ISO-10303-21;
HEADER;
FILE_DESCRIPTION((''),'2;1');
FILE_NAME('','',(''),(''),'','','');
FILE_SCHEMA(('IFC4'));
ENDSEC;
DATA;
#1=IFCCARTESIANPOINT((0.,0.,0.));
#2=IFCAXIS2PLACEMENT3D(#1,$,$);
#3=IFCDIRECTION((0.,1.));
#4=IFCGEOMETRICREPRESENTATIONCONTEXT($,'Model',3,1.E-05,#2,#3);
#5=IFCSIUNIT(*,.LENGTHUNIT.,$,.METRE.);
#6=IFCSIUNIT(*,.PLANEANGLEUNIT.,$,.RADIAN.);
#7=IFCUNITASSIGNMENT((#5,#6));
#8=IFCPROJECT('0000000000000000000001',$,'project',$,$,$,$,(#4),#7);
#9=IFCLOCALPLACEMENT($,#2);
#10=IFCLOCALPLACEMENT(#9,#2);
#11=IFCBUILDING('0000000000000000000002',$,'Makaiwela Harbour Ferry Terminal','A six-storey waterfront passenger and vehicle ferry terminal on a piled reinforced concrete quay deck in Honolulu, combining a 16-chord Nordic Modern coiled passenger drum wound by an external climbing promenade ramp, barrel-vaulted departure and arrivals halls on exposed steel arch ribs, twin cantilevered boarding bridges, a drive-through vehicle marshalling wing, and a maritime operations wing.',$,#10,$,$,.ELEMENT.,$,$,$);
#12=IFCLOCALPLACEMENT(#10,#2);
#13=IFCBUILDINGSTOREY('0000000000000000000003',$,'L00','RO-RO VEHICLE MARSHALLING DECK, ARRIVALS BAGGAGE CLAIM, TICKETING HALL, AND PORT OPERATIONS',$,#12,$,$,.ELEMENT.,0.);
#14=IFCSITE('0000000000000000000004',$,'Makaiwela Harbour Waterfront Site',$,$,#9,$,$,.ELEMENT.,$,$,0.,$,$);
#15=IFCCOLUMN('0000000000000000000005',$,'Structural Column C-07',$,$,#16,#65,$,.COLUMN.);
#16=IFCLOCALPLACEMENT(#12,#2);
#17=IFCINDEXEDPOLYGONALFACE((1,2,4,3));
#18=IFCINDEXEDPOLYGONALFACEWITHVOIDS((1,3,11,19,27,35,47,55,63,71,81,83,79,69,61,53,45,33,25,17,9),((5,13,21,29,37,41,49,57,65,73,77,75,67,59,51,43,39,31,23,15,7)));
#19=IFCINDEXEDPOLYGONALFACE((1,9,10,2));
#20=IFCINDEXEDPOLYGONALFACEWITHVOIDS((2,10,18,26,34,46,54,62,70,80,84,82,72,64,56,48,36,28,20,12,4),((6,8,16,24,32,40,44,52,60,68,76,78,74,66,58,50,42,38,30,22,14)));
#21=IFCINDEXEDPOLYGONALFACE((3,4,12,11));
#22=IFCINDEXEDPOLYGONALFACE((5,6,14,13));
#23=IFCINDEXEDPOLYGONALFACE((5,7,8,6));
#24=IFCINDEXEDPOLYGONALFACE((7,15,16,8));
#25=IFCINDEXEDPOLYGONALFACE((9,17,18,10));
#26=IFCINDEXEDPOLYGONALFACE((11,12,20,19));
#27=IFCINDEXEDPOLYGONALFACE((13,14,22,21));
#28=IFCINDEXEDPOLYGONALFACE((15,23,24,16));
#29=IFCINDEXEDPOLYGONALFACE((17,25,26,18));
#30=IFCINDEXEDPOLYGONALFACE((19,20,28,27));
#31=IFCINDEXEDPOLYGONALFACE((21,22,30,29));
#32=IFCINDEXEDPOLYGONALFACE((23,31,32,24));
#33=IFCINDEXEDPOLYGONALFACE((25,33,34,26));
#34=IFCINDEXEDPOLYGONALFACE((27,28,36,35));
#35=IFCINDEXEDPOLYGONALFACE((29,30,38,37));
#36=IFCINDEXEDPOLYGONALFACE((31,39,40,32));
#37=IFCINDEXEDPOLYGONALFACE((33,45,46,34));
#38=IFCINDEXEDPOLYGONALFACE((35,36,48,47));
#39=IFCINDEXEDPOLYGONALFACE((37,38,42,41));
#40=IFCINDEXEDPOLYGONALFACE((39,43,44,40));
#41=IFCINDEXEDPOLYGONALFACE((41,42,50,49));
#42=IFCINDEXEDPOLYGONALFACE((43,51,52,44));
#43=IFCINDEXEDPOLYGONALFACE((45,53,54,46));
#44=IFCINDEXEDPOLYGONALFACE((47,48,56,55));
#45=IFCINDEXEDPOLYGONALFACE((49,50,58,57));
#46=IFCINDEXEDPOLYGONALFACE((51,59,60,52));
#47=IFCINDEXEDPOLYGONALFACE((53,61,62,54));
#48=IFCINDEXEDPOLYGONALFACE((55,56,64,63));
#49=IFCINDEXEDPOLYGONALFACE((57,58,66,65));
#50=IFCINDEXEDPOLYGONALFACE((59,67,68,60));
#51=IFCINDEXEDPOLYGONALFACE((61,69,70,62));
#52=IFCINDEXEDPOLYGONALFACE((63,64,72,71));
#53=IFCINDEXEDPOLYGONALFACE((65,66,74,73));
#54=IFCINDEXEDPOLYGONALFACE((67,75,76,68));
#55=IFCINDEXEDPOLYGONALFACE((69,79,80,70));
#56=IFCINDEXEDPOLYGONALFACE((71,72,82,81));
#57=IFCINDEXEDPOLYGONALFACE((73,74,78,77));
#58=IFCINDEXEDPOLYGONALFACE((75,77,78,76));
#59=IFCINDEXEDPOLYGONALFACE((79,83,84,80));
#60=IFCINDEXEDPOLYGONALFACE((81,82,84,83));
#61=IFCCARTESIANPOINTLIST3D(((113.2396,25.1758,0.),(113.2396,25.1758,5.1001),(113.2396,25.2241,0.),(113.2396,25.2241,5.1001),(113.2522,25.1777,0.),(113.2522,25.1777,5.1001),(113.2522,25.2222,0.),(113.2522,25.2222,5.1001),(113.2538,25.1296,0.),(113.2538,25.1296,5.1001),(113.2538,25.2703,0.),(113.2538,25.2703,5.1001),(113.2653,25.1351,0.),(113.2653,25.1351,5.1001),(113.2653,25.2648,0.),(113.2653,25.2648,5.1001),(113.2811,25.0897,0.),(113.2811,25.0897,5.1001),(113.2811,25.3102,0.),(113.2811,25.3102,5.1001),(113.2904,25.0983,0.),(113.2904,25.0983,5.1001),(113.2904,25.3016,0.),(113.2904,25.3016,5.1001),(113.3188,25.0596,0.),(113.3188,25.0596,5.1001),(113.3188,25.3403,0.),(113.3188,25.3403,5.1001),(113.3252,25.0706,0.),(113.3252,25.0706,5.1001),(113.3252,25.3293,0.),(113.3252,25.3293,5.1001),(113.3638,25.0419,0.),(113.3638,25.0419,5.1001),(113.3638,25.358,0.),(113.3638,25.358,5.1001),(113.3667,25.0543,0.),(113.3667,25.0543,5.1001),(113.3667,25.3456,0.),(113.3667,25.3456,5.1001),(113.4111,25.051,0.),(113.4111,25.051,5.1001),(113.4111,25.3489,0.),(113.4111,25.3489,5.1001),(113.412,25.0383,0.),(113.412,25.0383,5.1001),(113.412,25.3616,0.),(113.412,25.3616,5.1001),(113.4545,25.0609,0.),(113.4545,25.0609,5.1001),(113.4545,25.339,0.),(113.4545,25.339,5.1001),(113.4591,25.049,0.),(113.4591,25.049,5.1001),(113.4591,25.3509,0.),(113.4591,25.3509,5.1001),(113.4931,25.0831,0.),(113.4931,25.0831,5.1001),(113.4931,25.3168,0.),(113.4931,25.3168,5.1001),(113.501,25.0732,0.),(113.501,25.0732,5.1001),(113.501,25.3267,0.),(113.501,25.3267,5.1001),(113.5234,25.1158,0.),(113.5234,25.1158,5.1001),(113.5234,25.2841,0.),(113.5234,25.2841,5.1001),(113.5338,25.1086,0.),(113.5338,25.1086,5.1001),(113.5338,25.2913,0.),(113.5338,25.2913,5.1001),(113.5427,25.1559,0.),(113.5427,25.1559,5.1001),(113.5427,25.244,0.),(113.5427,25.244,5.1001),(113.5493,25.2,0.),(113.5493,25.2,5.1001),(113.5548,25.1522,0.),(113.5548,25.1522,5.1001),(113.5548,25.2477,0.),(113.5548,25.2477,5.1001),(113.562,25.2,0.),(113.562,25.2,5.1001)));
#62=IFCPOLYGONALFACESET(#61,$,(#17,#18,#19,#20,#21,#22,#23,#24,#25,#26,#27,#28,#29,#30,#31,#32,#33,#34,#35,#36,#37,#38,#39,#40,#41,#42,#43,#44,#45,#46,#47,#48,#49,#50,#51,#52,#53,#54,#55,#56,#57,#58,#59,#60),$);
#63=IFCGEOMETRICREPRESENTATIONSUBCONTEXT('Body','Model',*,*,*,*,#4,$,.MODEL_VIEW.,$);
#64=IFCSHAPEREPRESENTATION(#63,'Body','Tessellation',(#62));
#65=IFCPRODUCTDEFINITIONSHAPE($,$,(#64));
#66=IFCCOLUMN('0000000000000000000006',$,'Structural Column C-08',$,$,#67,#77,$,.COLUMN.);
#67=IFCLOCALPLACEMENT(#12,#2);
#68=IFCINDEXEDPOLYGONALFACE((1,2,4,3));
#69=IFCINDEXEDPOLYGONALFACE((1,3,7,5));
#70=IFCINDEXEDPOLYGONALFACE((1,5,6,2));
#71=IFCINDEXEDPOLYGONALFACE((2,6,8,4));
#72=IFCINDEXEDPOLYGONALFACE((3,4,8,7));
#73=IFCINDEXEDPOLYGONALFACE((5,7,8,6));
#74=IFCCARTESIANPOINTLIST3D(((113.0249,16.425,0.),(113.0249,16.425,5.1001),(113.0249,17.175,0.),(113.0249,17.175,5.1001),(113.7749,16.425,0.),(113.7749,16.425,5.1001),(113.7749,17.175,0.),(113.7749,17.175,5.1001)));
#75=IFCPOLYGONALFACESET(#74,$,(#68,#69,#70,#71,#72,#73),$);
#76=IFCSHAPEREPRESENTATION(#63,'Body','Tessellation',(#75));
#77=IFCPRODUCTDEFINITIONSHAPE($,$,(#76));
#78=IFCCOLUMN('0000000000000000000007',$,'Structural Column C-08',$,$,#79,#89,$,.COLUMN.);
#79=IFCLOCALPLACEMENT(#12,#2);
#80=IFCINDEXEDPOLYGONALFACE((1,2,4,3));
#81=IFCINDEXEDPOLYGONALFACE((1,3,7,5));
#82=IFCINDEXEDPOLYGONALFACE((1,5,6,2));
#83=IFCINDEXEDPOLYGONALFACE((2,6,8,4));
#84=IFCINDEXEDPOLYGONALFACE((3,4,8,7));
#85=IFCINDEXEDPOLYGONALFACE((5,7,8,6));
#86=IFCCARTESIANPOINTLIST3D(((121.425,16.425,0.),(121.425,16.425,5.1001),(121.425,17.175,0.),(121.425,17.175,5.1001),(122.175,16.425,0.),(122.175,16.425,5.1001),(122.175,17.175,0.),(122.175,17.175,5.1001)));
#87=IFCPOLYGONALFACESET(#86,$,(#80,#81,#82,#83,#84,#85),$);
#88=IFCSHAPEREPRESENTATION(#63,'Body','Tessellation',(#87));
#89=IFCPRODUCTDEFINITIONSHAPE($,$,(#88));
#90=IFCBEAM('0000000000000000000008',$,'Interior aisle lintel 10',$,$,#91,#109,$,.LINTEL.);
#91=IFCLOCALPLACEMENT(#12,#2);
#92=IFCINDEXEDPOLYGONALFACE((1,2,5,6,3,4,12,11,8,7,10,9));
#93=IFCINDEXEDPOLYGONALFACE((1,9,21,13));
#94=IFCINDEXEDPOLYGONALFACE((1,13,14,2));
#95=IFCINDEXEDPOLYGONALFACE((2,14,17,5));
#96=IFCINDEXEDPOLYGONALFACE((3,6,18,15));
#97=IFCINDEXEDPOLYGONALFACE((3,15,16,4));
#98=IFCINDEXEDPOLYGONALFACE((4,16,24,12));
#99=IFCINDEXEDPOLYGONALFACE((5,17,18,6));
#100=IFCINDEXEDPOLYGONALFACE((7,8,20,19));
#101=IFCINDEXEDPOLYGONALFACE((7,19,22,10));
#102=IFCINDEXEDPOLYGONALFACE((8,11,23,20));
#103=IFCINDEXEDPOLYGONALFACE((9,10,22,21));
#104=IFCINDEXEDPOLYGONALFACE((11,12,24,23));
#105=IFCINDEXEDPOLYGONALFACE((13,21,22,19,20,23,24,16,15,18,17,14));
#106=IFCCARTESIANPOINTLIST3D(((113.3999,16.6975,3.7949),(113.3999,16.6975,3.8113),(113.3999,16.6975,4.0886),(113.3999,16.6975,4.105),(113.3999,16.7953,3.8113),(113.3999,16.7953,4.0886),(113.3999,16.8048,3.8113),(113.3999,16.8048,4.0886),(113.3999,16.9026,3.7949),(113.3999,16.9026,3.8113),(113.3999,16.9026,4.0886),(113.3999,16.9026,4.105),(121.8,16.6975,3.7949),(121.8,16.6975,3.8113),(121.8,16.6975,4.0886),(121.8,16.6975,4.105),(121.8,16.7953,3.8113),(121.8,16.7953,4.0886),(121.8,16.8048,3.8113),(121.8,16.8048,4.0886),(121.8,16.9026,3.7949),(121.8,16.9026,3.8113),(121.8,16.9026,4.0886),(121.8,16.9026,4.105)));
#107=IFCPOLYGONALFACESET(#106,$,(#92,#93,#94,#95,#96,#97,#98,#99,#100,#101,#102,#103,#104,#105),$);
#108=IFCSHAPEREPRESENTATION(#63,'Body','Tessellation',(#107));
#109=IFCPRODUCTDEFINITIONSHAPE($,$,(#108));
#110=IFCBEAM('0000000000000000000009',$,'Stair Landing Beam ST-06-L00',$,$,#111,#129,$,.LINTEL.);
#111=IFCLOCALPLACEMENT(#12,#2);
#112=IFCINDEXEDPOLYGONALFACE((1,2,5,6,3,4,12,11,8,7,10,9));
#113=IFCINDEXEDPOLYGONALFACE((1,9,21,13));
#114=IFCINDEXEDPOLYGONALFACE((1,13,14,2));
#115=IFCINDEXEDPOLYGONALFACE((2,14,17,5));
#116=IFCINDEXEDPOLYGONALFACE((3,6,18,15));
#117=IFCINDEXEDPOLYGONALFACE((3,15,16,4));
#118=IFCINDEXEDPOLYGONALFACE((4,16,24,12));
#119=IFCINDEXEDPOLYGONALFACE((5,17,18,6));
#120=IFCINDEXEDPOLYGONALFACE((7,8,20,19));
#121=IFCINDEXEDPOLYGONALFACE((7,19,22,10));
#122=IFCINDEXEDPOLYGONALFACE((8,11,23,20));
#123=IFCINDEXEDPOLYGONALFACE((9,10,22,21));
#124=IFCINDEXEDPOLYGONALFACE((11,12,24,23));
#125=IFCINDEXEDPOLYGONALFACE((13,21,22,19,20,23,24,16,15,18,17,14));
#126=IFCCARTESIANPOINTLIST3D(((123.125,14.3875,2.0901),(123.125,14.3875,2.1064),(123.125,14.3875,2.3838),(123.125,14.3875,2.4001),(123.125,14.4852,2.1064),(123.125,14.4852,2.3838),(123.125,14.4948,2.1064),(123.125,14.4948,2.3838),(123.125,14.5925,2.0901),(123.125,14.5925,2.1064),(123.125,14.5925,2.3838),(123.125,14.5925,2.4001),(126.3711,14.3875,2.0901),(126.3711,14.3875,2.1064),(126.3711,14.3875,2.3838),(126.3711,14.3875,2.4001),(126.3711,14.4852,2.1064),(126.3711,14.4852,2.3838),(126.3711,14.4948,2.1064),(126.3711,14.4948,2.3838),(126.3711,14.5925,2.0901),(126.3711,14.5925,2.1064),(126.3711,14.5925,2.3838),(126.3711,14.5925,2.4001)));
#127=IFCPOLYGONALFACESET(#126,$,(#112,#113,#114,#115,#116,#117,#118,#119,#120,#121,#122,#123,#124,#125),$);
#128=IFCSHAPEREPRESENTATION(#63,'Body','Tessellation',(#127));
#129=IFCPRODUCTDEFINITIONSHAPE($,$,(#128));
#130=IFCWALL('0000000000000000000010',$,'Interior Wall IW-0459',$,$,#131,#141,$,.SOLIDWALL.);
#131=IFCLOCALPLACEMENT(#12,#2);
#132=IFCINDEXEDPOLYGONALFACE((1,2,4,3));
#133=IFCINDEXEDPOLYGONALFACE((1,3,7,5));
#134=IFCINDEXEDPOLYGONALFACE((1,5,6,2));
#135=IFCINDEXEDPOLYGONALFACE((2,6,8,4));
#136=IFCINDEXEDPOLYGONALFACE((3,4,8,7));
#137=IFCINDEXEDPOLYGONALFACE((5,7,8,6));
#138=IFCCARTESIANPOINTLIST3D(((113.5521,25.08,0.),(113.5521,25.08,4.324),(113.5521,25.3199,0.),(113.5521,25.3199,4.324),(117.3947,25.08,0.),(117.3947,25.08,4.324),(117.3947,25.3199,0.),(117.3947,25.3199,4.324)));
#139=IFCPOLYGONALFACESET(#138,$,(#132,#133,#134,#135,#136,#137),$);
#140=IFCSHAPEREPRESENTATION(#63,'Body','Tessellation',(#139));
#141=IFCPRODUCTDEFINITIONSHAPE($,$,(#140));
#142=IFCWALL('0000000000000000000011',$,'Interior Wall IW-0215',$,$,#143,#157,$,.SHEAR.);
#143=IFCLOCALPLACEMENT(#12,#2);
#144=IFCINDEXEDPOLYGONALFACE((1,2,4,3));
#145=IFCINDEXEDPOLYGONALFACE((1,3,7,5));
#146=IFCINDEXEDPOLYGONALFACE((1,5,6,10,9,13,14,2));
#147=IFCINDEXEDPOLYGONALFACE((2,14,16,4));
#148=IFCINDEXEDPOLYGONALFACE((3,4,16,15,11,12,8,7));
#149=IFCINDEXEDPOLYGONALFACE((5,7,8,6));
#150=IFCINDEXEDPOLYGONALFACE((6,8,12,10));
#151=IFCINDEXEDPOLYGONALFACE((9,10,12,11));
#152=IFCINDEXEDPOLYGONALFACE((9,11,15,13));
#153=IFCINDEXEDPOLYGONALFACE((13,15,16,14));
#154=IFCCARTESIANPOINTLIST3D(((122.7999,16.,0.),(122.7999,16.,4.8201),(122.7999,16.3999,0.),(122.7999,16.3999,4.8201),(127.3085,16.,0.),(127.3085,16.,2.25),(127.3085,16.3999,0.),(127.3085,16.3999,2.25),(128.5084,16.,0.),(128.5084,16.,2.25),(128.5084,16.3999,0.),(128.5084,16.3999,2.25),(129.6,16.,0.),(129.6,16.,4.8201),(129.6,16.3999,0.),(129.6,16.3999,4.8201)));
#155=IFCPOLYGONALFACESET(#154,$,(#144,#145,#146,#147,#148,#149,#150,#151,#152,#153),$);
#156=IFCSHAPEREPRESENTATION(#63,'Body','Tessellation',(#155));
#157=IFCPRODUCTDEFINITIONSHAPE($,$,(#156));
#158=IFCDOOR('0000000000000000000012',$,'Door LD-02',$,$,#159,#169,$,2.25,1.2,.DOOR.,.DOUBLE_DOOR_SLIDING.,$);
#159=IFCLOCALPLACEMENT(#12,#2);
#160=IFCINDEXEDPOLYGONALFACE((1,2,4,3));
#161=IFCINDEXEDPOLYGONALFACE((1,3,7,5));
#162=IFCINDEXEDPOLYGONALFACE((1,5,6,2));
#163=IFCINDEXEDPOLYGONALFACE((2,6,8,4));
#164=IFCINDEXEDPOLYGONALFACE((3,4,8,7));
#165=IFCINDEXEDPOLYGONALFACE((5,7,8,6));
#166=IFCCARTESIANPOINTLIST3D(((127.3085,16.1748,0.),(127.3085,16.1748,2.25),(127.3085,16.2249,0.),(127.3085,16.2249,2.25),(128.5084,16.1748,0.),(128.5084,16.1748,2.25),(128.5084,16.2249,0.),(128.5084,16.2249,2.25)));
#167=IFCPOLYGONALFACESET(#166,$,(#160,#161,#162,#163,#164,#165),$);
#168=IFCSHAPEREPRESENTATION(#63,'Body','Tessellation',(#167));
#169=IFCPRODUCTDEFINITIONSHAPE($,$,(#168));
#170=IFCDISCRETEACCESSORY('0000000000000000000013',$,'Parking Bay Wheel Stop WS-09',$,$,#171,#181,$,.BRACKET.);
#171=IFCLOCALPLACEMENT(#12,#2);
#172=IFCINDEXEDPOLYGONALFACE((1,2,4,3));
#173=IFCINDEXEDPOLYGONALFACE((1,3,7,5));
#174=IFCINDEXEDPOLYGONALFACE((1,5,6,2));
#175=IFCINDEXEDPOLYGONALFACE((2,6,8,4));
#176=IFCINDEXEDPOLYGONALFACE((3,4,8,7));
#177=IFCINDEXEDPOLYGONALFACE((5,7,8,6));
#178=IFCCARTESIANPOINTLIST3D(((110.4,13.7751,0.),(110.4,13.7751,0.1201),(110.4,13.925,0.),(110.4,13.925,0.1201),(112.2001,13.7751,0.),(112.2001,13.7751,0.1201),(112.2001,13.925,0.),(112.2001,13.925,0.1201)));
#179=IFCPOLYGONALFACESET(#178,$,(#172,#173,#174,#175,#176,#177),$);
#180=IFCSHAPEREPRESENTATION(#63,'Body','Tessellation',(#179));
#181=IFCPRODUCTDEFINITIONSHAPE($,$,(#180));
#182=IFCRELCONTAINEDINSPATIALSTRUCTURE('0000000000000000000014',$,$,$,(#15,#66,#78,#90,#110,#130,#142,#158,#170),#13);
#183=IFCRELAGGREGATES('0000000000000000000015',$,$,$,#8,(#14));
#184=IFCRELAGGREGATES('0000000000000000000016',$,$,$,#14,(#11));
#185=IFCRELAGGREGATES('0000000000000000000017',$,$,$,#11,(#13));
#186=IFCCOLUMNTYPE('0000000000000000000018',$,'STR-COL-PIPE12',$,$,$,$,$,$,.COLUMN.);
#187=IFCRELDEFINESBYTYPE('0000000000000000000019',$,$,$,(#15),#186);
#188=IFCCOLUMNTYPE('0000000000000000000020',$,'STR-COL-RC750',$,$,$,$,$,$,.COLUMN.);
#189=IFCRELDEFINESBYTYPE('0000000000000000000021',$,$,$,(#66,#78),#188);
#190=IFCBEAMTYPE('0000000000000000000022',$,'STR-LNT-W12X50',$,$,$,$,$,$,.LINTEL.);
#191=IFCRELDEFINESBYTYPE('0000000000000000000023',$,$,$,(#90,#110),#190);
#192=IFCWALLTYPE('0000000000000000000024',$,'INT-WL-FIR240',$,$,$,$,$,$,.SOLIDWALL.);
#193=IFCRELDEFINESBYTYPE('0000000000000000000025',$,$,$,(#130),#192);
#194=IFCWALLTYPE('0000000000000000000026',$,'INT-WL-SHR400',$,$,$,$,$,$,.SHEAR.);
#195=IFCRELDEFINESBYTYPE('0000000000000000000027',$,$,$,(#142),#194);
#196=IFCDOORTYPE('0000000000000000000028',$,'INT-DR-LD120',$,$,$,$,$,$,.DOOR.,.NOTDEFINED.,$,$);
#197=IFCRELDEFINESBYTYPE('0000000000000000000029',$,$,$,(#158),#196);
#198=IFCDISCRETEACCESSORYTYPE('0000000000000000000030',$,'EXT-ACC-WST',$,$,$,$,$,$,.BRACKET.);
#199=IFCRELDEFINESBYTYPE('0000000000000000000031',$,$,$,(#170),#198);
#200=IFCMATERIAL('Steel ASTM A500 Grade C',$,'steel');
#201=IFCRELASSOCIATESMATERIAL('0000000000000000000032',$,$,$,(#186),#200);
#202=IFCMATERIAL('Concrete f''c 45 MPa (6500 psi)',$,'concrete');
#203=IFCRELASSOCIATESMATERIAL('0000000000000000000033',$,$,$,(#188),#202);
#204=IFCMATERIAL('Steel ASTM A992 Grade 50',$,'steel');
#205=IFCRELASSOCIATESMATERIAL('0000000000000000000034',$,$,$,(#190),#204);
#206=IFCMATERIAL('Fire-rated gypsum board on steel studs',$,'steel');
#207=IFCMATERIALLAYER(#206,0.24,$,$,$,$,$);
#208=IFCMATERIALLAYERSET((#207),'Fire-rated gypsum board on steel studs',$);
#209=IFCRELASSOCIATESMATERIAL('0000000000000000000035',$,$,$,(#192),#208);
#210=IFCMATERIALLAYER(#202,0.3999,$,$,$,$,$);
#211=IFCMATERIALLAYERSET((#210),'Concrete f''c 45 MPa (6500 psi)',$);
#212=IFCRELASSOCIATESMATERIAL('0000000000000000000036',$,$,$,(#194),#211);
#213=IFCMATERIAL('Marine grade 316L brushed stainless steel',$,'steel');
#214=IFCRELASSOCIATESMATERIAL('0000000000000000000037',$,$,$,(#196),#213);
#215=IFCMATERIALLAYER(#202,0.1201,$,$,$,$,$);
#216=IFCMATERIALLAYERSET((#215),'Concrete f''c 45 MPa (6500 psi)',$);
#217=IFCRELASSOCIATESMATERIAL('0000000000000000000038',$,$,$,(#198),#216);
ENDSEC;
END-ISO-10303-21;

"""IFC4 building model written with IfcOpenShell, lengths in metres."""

from ifc_helpers import new_model, si_unit, direction, frame, frame_2d, origin, origin_2d, place, context, subcontext, project, spatial, rectangle, hollow_circle, i_section, extrude, material, layer, layer_set, material_profile, profile_set, type_object, element, fill, save


model = new_model("IFC4")

# Units and contexts
model_context = context("Model", 3, precision=1e-05, world=origin(), true_north=direction((0.0, 1.0)))
body_context = subcontext(model_context, "Body", "Model", "MODEL_VIEW")
ifc_project = project(units=[si_unit("LENGTHUNIT", "METRE"), si_unit("PLANEANGLEUNIT", "RADIAN")], contexts=[model_context])

# Site, building, storey
site_placement = place(None, origin())
site = spatial("IfcSite", under=ifc_project, at=site_placement, Name="Makaiwela Harbour Waterfront Site", CompositionType="ELEMENT", RefElevation=0.0)
building_placement = place(site_placement, origin())
building = spatial("IfcBuilding", under=site, at=building_placement, Name="Makaiwela Harbour Ferry Terminal", Description="A six-storey waterfront passenger and vehicle ferry terminal on a piled reinforced concrete quay deck in Honolulu, combining a 16-chord Nordic Modern coiled passenger drum wound by an external climbing promenade ramp, barrel-vaulted departure and arrivals halls on exposed steel arch ribs, twin cantilevered boarding bridges, a drive-through vehicle marshalling wing, and a maritime operations wing.", CompositionType="ELEMENT")
storey_placement = place(building_placement, origin())
storey = spatial("IfcBuildingStorey", under=building, at=storey_placement, Name="L00", Description="RO-RO VEHICLE MARSHALLING DECK, ARRIVALS BAGGAGE CLAIM, TICKETING HALL, AND PORT OPERATIONS", CompositionType="ELEMENT", Elevation=0.0)

# Shared definitions
ifc_material_1 = material(Name="Concrete f'c 45 MPa (6500 psi)", Category="concrete")

# Columns
ifc_material_2 = material(Name="Steel ASTM A500 Grade C", Category="steel")
ifc_material_profile_1 = material_profile(ifc_material_2, hollow_circle(Radius=0.1621, WallThickness=0.0127, at=origin_2d()), Name="PIPE12XS")
ifc_profile_set_1 = profile_set([ifc_material_profile_1], Name="Steel ASTM A500 Grade C")
column_type_1 = type_object("IfcColumnType", Name="STR-COL-PIPE12", PredefinedType="COLUMN", material=ifc_profile_set_1)
column_placement = place(storey_placement, frame((113.3999, 25.2, 0.0), z_axis=(0.0, 0.0, 1.0), x_axis=(1.0, 0.0, 0.0)))
element("IfcColumn", 1, at=column_placement, inside=storey, type_object=column_type_1, Name="Structural Column C-07", PredefinedType="COLUMN", context=body_context, shape_type="SweptSolid", body=[
    extrude(hollow_circle(Radius=0.1621, WallThickness=0.0127, at=origin_2d()), origin(), (0.0, 0.0, 1.0), 5.1001),
])
ifc_material_profile_2 = material_profile(ifc_material_1, rectangle(XDim=0.75, YDim=0.75, at=origin_2d()), Name="RC-750X750")
ifc_profile_set_2 = profile_set([ifc_material_profile_2], Name="Concrete f'c 45 MPa (6500 psi)")
column_type_2 = type_object("IfcColumnType", Name="STR-COL-RC750", PredefinedType="COLUMN", material=ifc_profile_set_2)
for number, where, z_axis, x_axis, name in (
    (2, (113.3999, 16.8, 0.0), (0.0, 0.0, 1.0), (1.0, 0.0, 0.0), "Structural Column C-08"),
    (3, (121.8, 16.8, 0.0), (0.0, 0.0, 1.0), (1.0, 0.0, 0.0), "Structural Column C-08"),
):
    element("IfcColumn", number, at=place(storey_placement, frame(where, z_axis=z_axis, x_axis=x_axis)), inside=storey, type_object=column_type_2, Name=name, PredefinedType="COLUMN", context=body_context, shape_type="SweptSolid", body=[
        extrude(rectangle(XDim=0.75, YDim=0.75, at=origin_2d()), origin(), (0.0, 0.0, 1.0), 5.1001),
    ])

# Beams
ifc_material_3 = material(Name="Steel ASTM A992 Grade 50", Category="steel")
ifc_material_profile_3 = material_profile(ifc_material_3, i_section(OverallWidth=0.2051, OverallDepth=0.3101, WebThickness=0.0095, FlangeThickness=0.0164, at=origin_2d()), Name="W12X50")
ifc_profile_set_3 = profile_set([ifc_material_profile_3], Name="Steel ASTM A992 Grade 50")
beam_type = type_object("IfcBeamType", Name="STR-LNT-W12X50", PredefinedType="LINTEL", material=ifc_profile_set_3)
beam_1_placement = place(storey_placement, frame((113.3999, 16.8, 3.95), z_axis=(1.0, 0.0, 0.0), x_axis=(0.0, 1.0, 0.0)))
element("IfcBeam", 4, at=beam_1_placement, inside=storey, type_object=beam_type, Name="Interior aisle lintel 10", PredefinedType="LINTEL", context=body_context, shape_type="SweptSolid", body=[
    extrude(i_section(OverallWidth=0.2051, OverallDepth=0.3101, WebThickness=0.0095, FlangeThickness=0.0164, at=origin_2d()), origin(), (0.0, 0.0, 1.0), 8.4001),
])
beam_2_placement = place(storey_placement, frame((123.125, 14.49, 2.2451), z_axis=(1.0, 0.0, 0.0), x_axis=(0.0, 1.0, 0.0)))
element("IfcBeam", 5, at=beam_2_placement, inside=storey, type_object=beam_type, Name="Stair Landing Beam ST-06-L00", PredefinedType="LINTEL", context=body_context, shape_type="SweptSolid", body=[
    extrude(i_section(OverallWidth=0.2051, OverallDepth=0.3101, WebThickness=0.0095, FlangeThickness=0.0164, at=origin_2d()), origin(), (0.0, 0.0, 1.0), 3.2461),
])

# Wall
ifc_material_4 = material(Name="Fire-rated gypsum board on steel studs", Category="steel")
ifc_layer_1 = layer(ifc_material_4, 0.24)
ifc_layer_set_1 = layer_set([ifc_layer_1], Name="Fire-rated gypsum board on steel studs")
wall_type_1 = type_object("IfcWallType", Name="INT-WL-FIR240", PredefinedType="SOLIDWALL", material=ifc_layer_set_1)
wall_1_placement = place(storey_placement, frame((113.552, 25.2, 0.0), z_axis=(0.0, 0.0, 1.0), x_axis=(1.0, 0.0, 0.0)))
element("IfcWall", 6, at=wall_1_placement, inside=storey, type_object=wall_type_1, Name="Interior Wall IW-0459", PredefinedType="SOLIDWALL", context=body_context, shape_type="SweptSolid", body=[
    extrude(rectangle(XDim=3.8425, YDim=0.24, at=frame_2d((1.9214, 0.0))), origin(), (0.0, 0.0, 1.0), 4.324),
])

# Wall, opening, door
ifc_layer_2 = layer(ifc_material_1, 0.3999)
ifc_layer_set_2 = layer_set([ifc_layer_2], Name="Concrete f'c 45 MPa (6500 psi)")
wall_type_2 = type_object("IfcWallType", Name="INT-WL-SHR400", PredefinedType="SHEAR", material=ifc_layer_set_2)
wall_2_placement = place(storey_placement, frame((122.8, 16.2, 0.0), z_axis=(0.0, 0.0, 1.0), x_axis=(1.0, 0.0, 0.0)))
wall_2 = element("IfcWall", 7, at=wall_2_placement, inside=storey, type_object=wall_type_2, Name="Interior Wall IW-0215", PredefinedType="SHEAR", context=body_context, shape_type="SweptSolid", body=[
    extrude(rectangle(XDim=6.8, YDim=0.3999, at=frame_2d((3.3999, 0.0))), origin(), (0.0, 0.0, 1.0), 4.8201),
])
opening_placement = place(wall_2_placement, frame((4.5083, 0.0, 0.0)))
opening = element("IfcOpeningElement", 8, at=opening_placement, cuts=wall_2, PredefinedType="OPENING", context=body_context, shape_type="SweptSolid", body=[
    extrude(rectangle(XDim=1.2, YDim=2.25, at=frame_2d((0.6001, 1.125))), frame((0.0, 0.21, 0.0), z_axis=(0.0, -1.0, 0.0), x_axis=(1.0, 0.0, 0.0)), (0.0, 0.0, 1.0), 0.4199),
])
ifc_material_5 = material(Name="Marine grade 316L brushed stainless steel", Category="steel")
door_type = type_object("IfcDoorType", Name="INT-DR-LD120", OperationType="NOTDEFINED", PredefinedType="DOOR", material=ifc_material_5)
door_placement = place(opening_placement, origin())
door = element("IfcDoor", 9, at=door_placement, inside=storey, type_object=door_type, Name="Door LD-02", OperationType="DOUBLE_DOOR_SLIDING", OverallHeight=2.25, OverallWidth=1.2, PredefinedType="DOOR", context=body_context, shape_type="SweptSolid", body=[
    extrude(rectangle(XDim=1.2, YDim=2.25, at=frame_2d((0.6001, 1.125))), frame((0.0, 0.0249, 0.0), z_axis=(0.0, -1.0, 0.0), x_axis=(1.0, 0.0, 0.0)), (0.0, 0.0, 1.0), 0.05),
])
fill(opening, door)

# Discrete accessory
ifc_layer_3 = layer(ifc_material_1, 0.1201)
ifc_layer_set_3 = layer_set([ifc_layer_3], Name="Concrete f'c 45 MPa (6500 psi)")
discrete_accessory_type = type_object("IfcDiscreteAccessoryType", Name="EXT-ACC-WST", PredefinedType="BRACKET", material=ifc_layer_set_3)
for number, where, z_axis, x_axis, name in (
    (10, (111.3, 13.8501, 0.0), (0.0, 0.0, 1.0), (1.0, 0.0, 0.0), "Parking Bay Wheel Stop WS-09"),
):
    element("IfcDiscreteAccessory", number, at=place(storey_placement, frame(where, z_axis=z_axis, x_axis=x_axis)), inside=storey, type_object=discrete_accessory_type, Name=name, PredefinedType="BRACKET", context=body_context, shape_type="SweptSolid", body=[
        extrude(rectangle(XDim=1.8, YDim=0.1499, at=origin_2d()), origin(), (0.0, 0.0, 1.0), 0.1201),
    ])

save(model, "model.ifc")
